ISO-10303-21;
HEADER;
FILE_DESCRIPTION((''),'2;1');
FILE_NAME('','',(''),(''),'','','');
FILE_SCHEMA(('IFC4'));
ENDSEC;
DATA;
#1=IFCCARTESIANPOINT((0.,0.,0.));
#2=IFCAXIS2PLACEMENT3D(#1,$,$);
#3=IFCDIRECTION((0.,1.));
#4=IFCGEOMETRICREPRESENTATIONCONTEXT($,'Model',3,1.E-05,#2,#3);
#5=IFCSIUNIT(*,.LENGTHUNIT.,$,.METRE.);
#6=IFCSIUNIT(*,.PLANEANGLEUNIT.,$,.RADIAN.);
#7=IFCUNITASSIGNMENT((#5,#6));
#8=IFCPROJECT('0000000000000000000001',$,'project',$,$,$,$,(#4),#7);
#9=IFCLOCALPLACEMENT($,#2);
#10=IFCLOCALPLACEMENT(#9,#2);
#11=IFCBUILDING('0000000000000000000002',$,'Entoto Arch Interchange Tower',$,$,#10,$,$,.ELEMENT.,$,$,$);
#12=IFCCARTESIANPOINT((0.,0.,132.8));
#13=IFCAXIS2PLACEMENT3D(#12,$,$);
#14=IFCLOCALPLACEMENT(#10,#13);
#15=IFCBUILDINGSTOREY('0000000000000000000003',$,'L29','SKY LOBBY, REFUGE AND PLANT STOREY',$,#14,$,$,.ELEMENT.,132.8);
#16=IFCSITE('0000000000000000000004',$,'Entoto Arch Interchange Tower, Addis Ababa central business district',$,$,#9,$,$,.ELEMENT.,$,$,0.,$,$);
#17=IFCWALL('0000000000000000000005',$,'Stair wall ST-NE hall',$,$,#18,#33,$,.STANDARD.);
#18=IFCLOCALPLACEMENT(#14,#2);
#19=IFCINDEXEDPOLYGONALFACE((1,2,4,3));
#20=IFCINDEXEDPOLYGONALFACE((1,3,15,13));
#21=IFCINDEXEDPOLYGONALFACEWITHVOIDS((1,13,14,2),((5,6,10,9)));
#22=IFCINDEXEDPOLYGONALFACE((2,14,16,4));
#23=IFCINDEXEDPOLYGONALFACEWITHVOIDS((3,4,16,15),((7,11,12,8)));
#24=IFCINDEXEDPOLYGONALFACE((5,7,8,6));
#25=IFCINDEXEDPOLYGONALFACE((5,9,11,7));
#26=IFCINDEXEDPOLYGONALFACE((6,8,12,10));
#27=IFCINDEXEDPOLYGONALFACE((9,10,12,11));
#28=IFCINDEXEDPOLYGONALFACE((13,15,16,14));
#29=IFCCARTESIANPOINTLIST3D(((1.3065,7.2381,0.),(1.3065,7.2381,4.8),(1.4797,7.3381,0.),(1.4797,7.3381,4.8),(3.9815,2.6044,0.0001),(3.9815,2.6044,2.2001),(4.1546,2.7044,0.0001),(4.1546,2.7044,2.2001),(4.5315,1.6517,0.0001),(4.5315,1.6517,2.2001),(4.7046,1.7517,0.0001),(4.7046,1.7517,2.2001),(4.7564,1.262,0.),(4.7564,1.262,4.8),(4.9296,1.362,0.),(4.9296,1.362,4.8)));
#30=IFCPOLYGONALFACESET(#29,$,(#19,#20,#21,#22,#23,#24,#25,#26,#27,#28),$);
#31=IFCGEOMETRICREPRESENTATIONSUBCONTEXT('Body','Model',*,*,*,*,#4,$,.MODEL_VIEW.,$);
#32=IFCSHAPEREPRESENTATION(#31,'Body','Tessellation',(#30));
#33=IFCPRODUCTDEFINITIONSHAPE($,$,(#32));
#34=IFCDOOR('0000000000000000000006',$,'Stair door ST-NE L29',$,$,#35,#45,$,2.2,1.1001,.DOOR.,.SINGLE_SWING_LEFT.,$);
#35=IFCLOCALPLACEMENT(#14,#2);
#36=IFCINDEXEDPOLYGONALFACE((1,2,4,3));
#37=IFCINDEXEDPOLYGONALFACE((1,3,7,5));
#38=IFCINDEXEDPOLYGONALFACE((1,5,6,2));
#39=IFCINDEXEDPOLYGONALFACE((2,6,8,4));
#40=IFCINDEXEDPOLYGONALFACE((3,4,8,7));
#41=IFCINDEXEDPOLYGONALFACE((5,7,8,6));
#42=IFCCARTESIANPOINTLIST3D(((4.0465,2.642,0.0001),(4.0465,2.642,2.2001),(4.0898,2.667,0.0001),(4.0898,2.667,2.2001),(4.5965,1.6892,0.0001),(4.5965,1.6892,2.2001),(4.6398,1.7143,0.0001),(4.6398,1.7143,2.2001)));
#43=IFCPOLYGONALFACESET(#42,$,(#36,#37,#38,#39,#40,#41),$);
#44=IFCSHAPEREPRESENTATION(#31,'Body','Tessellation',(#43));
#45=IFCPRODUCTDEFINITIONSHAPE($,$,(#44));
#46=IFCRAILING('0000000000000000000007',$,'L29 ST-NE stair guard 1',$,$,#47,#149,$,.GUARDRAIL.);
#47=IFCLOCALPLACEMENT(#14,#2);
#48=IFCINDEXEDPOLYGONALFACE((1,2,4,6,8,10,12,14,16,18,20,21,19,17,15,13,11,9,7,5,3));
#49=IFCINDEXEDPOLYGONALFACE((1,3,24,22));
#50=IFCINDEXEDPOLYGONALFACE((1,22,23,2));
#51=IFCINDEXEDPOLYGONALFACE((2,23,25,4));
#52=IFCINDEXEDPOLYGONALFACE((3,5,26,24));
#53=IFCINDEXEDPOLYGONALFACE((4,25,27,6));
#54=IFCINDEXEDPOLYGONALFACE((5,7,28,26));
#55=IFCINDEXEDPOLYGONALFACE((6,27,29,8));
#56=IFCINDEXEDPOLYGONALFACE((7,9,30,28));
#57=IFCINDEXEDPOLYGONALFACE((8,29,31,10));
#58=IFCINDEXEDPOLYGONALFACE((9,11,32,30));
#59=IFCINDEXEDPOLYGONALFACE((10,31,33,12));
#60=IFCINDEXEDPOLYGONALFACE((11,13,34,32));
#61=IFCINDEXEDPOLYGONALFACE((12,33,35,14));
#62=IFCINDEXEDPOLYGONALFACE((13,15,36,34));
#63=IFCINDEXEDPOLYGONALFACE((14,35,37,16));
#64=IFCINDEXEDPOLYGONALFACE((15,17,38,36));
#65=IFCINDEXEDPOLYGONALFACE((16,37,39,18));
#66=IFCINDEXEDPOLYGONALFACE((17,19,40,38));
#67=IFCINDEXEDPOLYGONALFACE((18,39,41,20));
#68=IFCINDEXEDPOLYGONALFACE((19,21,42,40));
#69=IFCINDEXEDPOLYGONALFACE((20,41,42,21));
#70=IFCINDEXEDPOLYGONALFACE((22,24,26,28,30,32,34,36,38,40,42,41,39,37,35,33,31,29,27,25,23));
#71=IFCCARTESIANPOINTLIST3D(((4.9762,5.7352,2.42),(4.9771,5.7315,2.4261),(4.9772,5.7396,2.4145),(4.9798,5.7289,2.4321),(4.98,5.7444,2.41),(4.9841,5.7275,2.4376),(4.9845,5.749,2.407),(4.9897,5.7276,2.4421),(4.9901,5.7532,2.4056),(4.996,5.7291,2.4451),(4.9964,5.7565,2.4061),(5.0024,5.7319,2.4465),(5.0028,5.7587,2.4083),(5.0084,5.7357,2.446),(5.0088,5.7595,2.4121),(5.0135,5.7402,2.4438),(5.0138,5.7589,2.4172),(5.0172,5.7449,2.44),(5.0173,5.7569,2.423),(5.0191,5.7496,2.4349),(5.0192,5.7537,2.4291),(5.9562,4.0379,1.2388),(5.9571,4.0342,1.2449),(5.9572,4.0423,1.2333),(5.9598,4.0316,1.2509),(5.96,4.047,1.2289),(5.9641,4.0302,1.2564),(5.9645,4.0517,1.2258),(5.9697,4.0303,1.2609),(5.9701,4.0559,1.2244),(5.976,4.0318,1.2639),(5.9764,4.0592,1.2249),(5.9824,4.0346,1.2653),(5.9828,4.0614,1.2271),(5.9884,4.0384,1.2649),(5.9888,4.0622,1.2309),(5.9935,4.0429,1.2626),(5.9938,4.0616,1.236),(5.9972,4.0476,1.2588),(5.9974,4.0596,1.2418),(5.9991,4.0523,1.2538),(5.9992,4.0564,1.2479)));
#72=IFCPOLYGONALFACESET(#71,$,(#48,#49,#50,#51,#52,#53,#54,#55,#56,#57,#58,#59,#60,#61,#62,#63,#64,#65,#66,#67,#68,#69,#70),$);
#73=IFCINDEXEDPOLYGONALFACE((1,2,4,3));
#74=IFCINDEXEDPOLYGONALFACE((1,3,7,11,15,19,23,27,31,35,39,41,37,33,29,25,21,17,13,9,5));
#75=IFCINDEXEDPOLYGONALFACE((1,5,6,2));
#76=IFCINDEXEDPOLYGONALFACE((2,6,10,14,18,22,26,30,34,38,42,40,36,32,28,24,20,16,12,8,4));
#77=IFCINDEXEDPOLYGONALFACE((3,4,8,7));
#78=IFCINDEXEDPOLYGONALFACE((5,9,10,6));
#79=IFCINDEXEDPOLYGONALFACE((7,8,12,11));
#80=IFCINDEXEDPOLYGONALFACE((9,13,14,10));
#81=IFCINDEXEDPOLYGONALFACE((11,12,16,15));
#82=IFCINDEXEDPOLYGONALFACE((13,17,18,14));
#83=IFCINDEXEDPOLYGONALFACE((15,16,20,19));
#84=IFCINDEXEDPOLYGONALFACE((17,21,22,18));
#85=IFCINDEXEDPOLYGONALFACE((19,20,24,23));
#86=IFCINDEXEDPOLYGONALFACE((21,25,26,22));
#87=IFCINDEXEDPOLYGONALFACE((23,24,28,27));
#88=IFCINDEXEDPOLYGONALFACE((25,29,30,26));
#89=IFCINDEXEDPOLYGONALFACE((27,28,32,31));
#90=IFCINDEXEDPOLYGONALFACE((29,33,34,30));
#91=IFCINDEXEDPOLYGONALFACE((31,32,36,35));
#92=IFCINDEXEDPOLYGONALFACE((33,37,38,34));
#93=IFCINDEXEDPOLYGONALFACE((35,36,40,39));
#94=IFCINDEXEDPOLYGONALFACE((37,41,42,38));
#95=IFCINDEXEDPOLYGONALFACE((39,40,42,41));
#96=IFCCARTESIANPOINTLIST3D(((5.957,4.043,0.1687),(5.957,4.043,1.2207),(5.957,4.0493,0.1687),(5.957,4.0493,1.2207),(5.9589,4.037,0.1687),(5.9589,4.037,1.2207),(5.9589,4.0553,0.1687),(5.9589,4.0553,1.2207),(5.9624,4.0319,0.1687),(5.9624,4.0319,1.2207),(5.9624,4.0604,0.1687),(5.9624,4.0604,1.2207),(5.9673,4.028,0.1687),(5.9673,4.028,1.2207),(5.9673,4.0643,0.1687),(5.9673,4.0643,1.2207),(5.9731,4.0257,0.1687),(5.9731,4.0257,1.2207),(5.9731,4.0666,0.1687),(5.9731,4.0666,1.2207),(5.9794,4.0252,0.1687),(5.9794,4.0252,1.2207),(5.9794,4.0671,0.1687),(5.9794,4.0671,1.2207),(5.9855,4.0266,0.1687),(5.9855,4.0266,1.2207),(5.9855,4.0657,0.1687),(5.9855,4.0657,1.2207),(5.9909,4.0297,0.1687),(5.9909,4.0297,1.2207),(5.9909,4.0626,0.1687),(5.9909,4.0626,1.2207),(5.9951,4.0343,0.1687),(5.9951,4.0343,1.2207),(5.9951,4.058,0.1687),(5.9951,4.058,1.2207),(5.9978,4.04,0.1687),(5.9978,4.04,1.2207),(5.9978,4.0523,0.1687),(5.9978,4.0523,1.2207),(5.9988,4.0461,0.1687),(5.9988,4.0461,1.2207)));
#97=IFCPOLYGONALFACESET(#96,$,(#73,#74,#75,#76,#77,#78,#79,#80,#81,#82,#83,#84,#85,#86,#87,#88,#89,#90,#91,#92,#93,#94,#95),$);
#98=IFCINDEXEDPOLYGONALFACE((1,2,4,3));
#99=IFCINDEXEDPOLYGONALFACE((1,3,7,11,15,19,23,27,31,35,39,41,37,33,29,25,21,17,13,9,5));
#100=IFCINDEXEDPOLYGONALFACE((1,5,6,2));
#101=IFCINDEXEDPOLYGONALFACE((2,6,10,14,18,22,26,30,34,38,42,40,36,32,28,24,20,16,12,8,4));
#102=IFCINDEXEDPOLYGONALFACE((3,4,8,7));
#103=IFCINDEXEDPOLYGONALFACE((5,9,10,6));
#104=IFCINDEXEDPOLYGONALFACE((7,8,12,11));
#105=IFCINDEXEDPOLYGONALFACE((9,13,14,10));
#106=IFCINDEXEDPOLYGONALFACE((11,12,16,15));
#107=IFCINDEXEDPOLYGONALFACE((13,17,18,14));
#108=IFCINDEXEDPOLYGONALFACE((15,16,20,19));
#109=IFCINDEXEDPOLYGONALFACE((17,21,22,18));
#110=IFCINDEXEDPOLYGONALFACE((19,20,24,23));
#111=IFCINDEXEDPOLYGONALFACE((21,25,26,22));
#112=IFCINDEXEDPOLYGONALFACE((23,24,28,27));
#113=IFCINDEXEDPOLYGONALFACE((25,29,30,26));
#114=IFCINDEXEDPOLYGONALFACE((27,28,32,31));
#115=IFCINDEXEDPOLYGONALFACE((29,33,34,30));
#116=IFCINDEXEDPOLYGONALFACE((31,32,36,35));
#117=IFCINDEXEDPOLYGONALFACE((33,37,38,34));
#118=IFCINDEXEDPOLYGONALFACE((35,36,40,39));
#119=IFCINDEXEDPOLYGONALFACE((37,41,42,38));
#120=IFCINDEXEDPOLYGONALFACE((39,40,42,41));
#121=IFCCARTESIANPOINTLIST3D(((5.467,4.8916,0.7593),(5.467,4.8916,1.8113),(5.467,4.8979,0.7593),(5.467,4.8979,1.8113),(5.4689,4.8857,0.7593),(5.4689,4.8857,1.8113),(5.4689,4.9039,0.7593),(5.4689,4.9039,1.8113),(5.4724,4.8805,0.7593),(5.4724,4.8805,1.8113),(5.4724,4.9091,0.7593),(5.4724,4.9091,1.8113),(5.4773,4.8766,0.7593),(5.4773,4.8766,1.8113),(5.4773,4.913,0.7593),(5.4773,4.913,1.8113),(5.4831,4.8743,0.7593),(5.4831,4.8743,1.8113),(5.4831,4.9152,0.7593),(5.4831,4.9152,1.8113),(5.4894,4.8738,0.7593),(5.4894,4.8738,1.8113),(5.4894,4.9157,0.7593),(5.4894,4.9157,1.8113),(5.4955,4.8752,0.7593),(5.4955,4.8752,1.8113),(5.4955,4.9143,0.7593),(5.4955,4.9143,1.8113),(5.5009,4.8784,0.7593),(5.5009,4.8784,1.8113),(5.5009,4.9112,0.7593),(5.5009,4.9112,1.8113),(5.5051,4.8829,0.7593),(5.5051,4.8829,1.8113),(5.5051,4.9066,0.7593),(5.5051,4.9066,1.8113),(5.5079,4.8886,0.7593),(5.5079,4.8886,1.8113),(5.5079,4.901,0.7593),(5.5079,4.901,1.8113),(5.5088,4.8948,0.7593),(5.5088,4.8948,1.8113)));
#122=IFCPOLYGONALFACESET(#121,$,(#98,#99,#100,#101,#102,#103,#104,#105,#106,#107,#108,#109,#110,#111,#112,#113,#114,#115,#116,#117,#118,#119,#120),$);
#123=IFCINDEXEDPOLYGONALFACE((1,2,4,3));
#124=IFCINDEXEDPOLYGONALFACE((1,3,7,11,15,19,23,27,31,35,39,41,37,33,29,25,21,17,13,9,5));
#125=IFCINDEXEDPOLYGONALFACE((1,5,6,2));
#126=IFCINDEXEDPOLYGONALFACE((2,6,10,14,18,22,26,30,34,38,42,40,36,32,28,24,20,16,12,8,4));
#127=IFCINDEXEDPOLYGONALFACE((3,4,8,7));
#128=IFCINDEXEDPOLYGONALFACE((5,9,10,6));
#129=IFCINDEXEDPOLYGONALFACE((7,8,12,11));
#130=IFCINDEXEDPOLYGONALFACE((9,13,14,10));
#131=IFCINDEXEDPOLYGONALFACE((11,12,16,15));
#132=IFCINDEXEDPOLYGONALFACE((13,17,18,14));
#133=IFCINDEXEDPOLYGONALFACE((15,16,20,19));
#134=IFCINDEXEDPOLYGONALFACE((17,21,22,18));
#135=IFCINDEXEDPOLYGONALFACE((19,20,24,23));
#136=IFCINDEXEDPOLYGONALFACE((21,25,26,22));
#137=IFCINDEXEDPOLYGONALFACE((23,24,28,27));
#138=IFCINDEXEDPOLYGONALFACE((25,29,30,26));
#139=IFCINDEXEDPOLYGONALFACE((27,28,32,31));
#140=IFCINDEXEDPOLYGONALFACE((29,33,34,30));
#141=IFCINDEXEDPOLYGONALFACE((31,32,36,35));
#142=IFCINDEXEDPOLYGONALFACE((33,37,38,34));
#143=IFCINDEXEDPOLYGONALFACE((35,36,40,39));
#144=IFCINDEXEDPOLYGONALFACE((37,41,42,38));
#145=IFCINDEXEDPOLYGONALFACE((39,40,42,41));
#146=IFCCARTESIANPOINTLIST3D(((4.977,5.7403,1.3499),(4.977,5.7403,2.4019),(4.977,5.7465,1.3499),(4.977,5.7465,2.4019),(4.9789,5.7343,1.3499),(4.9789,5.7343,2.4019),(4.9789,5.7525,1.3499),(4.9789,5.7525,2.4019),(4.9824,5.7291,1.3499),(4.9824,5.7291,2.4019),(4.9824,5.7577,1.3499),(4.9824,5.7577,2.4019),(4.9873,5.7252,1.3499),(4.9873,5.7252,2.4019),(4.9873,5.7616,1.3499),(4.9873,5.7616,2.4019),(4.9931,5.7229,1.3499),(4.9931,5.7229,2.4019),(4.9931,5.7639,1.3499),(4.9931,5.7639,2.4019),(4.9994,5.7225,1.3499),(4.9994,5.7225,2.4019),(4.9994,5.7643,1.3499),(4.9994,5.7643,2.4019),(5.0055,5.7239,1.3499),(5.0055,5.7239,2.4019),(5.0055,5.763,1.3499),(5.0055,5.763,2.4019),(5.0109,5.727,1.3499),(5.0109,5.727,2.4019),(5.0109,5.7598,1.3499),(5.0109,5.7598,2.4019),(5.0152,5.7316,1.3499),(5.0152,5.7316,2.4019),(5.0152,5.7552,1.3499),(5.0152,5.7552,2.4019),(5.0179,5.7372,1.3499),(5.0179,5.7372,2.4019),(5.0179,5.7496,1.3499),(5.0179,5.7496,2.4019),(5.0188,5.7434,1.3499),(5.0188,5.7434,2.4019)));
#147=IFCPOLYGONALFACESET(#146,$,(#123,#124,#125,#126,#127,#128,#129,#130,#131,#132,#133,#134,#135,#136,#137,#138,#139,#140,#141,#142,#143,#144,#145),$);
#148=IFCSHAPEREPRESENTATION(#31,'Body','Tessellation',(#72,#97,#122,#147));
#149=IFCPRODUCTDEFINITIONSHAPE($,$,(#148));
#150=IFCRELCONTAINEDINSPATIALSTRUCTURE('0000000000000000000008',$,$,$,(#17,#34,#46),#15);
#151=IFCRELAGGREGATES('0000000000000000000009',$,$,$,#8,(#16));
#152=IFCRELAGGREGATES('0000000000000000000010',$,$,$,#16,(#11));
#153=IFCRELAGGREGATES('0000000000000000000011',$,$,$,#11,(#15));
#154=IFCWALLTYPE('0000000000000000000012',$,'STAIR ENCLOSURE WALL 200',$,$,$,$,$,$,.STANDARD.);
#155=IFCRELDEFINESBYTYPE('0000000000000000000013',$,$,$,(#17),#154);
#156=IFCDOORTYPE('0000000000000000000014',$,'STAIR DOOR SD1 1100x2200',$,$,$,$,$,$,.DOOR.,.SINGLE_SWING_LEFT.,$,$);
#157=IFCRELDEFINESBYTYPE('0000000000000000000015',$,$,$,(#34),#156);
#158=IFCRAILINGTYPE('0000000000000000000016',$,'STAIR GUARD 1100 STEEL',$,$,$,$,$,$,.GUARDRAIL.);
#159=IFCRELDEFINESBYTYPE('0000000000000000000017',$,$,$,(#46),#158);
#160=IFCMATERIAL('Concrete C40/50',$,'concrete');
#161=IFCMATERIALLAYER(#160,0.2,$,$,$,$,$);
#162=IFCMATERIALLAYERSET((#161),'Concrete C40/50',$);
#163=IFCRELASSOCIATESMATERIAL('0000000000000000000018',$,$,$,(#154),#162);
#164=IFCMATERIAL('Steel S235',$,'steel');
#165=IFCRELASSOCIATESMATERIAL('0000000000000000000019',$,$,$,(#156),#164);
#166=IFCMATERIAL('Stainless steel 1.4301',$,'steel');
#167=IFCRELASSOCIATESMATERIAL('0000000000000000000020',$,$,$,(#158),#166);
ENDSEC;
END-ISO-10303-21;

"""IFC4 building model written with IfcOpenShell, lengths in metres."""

from ifc_helpers import new_model, si_unit, direction, frame, frame_2d, origin, origin_2d, place, context, subcontext, project, spatial, rectangle, circle, extrude, material, layer, layer_set, type_object, element, fill, save


model = new_model("IFC4")

# Units and contexts
model_context = context("Model", 3, precision=1e-05, world=origin(), true_north=direction((0.0, 1.0)))
body_context = subcontext(model_context, "Body", "Model", "MODEL_VIEW")
ifc_project = project(units=[si_unit("LENGTHUNIT", "METRE"), si_unit("PLANEANGLEUNIT", "RADIAN")], contexts=[model_context])

# Site, building, storey
site_placement = place(None, origin())
site = spatial("IfcSite", under=ifc_project, at=site_placement, Name="Entoto Arch Interchange Tower, Addis Ababa central business district", CompositionType="ELEMENT", RefElevation=0.0)
building_placement = place(site_placement, origin())
building = spatial("IfcBuilding", under=site, at=building_placement, Name="Entoto Arch Interchange Tower", CompositionType="ELEMENT")
storey_placement = place(building_placement, frame((0.0, 0.0, 132.8)))
storey = spatial("IfcBuildingStorey", under=building, at=storey_placement, Name="L29", Description="SKY LOBBY, REFUGE AND PLANT STOREY", CompositionType="ELEMENT", Elevation=132.8)

# Shared definitions
ifc_material_1 = material(Name="Concrete C40/50", Category="concrete")

# Shared definitions
ifc_layer_1 = layer(ifc_material_1, 0.2)
ifc_layer_set_1 = layer_set([ifc_layer_1], Name="Concrete C40/50")
wall_type_1 = type_object("IfcWallType", Name="STAIR ENCLOSURE WALL 200", PredefinedType="STANDARD", material=ifc_layer_set_1)

# Wall, opening, door
ifc_material_2 = material(Name="Steel S235", Category="steel")
door_type_1 = type_object("IfcDoorType", Name="STAIR DOOR SD1 1100x2200", OperationType="SINGLE_SWING_LEFT", PredefinedType="DOOR", material=ifc_material_2)
wall_1_placement = place(storey_placement, frame((4.843, 1.312, 0.0), z_axis=(0.0, 0.0, 1.0), x_axis=(-0.499963, 0.866047, 0.0)))
wall_1 = element("IfcWall", 1, at=wall_1_placement, inside=storey, type_object=wall_type_1, Name="Stair wall ST-NE hall", PredefinedType="STANDARD", context=body_context, shape_type="SweptSolid", body=[
    extrude(rectangle(XDim=6.9004, YDim=0.2, at=frame_2d((3.4502, 0.0))), origin(), (0.0, 0.0, 1.0), 4.8),
])
opening_1_placement = place(wall_1_placement, frame((0.45, 0.0, 0.0)))
opening_1 = element("IfcOpeningElement", 2, at=opening_1_placement, cuts=wall_1, PredefinedType="OPENING", context=body_context, shape_type="SweptSolid", body=[
    extrude(rectangle(XDim=1.1001, YDim=2.2, at=frame_2d((0.55, 1.1001))), frame((0.0, 0.1099, 0.0), z_axis=(0.0, -1.0, 0.0), x_axis=(1.0, 0.0, 0.0)), (0.0, 0.0, 1.0), 0.22),
])
door_1_placement = place(opening_1_placement, origin())
door_1 = element("IfcDoor", 3, at=door_1_placement, inside=storey, type_object=door_type_1, Name="Stair door ST-NE L29", OperationType="SINGLE_SWING_LEFT", OverallHeight=2.2, OverallWidth=1.1001, PredefinedType="DOOR", context=body_context, shape_type="SweptSolid", body=[
    extrude(rectangle(XDim=1.1001, YDim=2.2, at=frame_2d((0.55, 1.1001))), frame((0.0, 0.0249, 0.0), z_axis=(0.0, -1.0, 0.0), x_axis=(1.0, 0.0, 0.0)), (0.0, 0.0, 1.0), 0.05),
])
fill(opening_1, door_1)

# Railing
ifc_material_3 = material(Name="Stainless steel 1.4301", Category="steel")
railing_type_1 = type_object("IfcRailingType", Name="STAIR GUARD 1100 STEEL", PredefinedType="GUARDRAIL", material=ifc_material_3)
railing_1_placement = place(storey_placement, frame((5.9778, 4.0461, 0.1687)))
element("IfcRailing", 4, at=railing_1_placement, inside=storey, type_object=railing_type_1, Name="L29 ST-NE stair guard 1", PredefinedType="GUARDRAIL", context=body_context, shape_type="SweptSolid", body=[
    extrude(circle(Radius=0.0239, at=origin_2d()), frame((0.0, 0.0, 1.0762), z_axis=(-0.428262, 0.741723, 0.516176), x_axis=(-0.866011, -0.500024, 0.0)), (0.0, 0.0, 1.0), 2.2883),
    extrude(circle(Radius=0.021, at=origin_2d()), origin(), (0.0, 0.0, 1.0), 1.052),
    extrude(circle(Radius=0.021, at=origin_2d()), frame((-0.49, 0.8486, 0.5906)), (0.0, 0.0, 1.0), 1.052),
    extrude(circle(Radius=0.021, at=origin_2d()), frame((-0.98, 1.6973, 1.1812)), (0.0, 0.0, 1.0), 1.052),
])

save(model, "model.ifc")
